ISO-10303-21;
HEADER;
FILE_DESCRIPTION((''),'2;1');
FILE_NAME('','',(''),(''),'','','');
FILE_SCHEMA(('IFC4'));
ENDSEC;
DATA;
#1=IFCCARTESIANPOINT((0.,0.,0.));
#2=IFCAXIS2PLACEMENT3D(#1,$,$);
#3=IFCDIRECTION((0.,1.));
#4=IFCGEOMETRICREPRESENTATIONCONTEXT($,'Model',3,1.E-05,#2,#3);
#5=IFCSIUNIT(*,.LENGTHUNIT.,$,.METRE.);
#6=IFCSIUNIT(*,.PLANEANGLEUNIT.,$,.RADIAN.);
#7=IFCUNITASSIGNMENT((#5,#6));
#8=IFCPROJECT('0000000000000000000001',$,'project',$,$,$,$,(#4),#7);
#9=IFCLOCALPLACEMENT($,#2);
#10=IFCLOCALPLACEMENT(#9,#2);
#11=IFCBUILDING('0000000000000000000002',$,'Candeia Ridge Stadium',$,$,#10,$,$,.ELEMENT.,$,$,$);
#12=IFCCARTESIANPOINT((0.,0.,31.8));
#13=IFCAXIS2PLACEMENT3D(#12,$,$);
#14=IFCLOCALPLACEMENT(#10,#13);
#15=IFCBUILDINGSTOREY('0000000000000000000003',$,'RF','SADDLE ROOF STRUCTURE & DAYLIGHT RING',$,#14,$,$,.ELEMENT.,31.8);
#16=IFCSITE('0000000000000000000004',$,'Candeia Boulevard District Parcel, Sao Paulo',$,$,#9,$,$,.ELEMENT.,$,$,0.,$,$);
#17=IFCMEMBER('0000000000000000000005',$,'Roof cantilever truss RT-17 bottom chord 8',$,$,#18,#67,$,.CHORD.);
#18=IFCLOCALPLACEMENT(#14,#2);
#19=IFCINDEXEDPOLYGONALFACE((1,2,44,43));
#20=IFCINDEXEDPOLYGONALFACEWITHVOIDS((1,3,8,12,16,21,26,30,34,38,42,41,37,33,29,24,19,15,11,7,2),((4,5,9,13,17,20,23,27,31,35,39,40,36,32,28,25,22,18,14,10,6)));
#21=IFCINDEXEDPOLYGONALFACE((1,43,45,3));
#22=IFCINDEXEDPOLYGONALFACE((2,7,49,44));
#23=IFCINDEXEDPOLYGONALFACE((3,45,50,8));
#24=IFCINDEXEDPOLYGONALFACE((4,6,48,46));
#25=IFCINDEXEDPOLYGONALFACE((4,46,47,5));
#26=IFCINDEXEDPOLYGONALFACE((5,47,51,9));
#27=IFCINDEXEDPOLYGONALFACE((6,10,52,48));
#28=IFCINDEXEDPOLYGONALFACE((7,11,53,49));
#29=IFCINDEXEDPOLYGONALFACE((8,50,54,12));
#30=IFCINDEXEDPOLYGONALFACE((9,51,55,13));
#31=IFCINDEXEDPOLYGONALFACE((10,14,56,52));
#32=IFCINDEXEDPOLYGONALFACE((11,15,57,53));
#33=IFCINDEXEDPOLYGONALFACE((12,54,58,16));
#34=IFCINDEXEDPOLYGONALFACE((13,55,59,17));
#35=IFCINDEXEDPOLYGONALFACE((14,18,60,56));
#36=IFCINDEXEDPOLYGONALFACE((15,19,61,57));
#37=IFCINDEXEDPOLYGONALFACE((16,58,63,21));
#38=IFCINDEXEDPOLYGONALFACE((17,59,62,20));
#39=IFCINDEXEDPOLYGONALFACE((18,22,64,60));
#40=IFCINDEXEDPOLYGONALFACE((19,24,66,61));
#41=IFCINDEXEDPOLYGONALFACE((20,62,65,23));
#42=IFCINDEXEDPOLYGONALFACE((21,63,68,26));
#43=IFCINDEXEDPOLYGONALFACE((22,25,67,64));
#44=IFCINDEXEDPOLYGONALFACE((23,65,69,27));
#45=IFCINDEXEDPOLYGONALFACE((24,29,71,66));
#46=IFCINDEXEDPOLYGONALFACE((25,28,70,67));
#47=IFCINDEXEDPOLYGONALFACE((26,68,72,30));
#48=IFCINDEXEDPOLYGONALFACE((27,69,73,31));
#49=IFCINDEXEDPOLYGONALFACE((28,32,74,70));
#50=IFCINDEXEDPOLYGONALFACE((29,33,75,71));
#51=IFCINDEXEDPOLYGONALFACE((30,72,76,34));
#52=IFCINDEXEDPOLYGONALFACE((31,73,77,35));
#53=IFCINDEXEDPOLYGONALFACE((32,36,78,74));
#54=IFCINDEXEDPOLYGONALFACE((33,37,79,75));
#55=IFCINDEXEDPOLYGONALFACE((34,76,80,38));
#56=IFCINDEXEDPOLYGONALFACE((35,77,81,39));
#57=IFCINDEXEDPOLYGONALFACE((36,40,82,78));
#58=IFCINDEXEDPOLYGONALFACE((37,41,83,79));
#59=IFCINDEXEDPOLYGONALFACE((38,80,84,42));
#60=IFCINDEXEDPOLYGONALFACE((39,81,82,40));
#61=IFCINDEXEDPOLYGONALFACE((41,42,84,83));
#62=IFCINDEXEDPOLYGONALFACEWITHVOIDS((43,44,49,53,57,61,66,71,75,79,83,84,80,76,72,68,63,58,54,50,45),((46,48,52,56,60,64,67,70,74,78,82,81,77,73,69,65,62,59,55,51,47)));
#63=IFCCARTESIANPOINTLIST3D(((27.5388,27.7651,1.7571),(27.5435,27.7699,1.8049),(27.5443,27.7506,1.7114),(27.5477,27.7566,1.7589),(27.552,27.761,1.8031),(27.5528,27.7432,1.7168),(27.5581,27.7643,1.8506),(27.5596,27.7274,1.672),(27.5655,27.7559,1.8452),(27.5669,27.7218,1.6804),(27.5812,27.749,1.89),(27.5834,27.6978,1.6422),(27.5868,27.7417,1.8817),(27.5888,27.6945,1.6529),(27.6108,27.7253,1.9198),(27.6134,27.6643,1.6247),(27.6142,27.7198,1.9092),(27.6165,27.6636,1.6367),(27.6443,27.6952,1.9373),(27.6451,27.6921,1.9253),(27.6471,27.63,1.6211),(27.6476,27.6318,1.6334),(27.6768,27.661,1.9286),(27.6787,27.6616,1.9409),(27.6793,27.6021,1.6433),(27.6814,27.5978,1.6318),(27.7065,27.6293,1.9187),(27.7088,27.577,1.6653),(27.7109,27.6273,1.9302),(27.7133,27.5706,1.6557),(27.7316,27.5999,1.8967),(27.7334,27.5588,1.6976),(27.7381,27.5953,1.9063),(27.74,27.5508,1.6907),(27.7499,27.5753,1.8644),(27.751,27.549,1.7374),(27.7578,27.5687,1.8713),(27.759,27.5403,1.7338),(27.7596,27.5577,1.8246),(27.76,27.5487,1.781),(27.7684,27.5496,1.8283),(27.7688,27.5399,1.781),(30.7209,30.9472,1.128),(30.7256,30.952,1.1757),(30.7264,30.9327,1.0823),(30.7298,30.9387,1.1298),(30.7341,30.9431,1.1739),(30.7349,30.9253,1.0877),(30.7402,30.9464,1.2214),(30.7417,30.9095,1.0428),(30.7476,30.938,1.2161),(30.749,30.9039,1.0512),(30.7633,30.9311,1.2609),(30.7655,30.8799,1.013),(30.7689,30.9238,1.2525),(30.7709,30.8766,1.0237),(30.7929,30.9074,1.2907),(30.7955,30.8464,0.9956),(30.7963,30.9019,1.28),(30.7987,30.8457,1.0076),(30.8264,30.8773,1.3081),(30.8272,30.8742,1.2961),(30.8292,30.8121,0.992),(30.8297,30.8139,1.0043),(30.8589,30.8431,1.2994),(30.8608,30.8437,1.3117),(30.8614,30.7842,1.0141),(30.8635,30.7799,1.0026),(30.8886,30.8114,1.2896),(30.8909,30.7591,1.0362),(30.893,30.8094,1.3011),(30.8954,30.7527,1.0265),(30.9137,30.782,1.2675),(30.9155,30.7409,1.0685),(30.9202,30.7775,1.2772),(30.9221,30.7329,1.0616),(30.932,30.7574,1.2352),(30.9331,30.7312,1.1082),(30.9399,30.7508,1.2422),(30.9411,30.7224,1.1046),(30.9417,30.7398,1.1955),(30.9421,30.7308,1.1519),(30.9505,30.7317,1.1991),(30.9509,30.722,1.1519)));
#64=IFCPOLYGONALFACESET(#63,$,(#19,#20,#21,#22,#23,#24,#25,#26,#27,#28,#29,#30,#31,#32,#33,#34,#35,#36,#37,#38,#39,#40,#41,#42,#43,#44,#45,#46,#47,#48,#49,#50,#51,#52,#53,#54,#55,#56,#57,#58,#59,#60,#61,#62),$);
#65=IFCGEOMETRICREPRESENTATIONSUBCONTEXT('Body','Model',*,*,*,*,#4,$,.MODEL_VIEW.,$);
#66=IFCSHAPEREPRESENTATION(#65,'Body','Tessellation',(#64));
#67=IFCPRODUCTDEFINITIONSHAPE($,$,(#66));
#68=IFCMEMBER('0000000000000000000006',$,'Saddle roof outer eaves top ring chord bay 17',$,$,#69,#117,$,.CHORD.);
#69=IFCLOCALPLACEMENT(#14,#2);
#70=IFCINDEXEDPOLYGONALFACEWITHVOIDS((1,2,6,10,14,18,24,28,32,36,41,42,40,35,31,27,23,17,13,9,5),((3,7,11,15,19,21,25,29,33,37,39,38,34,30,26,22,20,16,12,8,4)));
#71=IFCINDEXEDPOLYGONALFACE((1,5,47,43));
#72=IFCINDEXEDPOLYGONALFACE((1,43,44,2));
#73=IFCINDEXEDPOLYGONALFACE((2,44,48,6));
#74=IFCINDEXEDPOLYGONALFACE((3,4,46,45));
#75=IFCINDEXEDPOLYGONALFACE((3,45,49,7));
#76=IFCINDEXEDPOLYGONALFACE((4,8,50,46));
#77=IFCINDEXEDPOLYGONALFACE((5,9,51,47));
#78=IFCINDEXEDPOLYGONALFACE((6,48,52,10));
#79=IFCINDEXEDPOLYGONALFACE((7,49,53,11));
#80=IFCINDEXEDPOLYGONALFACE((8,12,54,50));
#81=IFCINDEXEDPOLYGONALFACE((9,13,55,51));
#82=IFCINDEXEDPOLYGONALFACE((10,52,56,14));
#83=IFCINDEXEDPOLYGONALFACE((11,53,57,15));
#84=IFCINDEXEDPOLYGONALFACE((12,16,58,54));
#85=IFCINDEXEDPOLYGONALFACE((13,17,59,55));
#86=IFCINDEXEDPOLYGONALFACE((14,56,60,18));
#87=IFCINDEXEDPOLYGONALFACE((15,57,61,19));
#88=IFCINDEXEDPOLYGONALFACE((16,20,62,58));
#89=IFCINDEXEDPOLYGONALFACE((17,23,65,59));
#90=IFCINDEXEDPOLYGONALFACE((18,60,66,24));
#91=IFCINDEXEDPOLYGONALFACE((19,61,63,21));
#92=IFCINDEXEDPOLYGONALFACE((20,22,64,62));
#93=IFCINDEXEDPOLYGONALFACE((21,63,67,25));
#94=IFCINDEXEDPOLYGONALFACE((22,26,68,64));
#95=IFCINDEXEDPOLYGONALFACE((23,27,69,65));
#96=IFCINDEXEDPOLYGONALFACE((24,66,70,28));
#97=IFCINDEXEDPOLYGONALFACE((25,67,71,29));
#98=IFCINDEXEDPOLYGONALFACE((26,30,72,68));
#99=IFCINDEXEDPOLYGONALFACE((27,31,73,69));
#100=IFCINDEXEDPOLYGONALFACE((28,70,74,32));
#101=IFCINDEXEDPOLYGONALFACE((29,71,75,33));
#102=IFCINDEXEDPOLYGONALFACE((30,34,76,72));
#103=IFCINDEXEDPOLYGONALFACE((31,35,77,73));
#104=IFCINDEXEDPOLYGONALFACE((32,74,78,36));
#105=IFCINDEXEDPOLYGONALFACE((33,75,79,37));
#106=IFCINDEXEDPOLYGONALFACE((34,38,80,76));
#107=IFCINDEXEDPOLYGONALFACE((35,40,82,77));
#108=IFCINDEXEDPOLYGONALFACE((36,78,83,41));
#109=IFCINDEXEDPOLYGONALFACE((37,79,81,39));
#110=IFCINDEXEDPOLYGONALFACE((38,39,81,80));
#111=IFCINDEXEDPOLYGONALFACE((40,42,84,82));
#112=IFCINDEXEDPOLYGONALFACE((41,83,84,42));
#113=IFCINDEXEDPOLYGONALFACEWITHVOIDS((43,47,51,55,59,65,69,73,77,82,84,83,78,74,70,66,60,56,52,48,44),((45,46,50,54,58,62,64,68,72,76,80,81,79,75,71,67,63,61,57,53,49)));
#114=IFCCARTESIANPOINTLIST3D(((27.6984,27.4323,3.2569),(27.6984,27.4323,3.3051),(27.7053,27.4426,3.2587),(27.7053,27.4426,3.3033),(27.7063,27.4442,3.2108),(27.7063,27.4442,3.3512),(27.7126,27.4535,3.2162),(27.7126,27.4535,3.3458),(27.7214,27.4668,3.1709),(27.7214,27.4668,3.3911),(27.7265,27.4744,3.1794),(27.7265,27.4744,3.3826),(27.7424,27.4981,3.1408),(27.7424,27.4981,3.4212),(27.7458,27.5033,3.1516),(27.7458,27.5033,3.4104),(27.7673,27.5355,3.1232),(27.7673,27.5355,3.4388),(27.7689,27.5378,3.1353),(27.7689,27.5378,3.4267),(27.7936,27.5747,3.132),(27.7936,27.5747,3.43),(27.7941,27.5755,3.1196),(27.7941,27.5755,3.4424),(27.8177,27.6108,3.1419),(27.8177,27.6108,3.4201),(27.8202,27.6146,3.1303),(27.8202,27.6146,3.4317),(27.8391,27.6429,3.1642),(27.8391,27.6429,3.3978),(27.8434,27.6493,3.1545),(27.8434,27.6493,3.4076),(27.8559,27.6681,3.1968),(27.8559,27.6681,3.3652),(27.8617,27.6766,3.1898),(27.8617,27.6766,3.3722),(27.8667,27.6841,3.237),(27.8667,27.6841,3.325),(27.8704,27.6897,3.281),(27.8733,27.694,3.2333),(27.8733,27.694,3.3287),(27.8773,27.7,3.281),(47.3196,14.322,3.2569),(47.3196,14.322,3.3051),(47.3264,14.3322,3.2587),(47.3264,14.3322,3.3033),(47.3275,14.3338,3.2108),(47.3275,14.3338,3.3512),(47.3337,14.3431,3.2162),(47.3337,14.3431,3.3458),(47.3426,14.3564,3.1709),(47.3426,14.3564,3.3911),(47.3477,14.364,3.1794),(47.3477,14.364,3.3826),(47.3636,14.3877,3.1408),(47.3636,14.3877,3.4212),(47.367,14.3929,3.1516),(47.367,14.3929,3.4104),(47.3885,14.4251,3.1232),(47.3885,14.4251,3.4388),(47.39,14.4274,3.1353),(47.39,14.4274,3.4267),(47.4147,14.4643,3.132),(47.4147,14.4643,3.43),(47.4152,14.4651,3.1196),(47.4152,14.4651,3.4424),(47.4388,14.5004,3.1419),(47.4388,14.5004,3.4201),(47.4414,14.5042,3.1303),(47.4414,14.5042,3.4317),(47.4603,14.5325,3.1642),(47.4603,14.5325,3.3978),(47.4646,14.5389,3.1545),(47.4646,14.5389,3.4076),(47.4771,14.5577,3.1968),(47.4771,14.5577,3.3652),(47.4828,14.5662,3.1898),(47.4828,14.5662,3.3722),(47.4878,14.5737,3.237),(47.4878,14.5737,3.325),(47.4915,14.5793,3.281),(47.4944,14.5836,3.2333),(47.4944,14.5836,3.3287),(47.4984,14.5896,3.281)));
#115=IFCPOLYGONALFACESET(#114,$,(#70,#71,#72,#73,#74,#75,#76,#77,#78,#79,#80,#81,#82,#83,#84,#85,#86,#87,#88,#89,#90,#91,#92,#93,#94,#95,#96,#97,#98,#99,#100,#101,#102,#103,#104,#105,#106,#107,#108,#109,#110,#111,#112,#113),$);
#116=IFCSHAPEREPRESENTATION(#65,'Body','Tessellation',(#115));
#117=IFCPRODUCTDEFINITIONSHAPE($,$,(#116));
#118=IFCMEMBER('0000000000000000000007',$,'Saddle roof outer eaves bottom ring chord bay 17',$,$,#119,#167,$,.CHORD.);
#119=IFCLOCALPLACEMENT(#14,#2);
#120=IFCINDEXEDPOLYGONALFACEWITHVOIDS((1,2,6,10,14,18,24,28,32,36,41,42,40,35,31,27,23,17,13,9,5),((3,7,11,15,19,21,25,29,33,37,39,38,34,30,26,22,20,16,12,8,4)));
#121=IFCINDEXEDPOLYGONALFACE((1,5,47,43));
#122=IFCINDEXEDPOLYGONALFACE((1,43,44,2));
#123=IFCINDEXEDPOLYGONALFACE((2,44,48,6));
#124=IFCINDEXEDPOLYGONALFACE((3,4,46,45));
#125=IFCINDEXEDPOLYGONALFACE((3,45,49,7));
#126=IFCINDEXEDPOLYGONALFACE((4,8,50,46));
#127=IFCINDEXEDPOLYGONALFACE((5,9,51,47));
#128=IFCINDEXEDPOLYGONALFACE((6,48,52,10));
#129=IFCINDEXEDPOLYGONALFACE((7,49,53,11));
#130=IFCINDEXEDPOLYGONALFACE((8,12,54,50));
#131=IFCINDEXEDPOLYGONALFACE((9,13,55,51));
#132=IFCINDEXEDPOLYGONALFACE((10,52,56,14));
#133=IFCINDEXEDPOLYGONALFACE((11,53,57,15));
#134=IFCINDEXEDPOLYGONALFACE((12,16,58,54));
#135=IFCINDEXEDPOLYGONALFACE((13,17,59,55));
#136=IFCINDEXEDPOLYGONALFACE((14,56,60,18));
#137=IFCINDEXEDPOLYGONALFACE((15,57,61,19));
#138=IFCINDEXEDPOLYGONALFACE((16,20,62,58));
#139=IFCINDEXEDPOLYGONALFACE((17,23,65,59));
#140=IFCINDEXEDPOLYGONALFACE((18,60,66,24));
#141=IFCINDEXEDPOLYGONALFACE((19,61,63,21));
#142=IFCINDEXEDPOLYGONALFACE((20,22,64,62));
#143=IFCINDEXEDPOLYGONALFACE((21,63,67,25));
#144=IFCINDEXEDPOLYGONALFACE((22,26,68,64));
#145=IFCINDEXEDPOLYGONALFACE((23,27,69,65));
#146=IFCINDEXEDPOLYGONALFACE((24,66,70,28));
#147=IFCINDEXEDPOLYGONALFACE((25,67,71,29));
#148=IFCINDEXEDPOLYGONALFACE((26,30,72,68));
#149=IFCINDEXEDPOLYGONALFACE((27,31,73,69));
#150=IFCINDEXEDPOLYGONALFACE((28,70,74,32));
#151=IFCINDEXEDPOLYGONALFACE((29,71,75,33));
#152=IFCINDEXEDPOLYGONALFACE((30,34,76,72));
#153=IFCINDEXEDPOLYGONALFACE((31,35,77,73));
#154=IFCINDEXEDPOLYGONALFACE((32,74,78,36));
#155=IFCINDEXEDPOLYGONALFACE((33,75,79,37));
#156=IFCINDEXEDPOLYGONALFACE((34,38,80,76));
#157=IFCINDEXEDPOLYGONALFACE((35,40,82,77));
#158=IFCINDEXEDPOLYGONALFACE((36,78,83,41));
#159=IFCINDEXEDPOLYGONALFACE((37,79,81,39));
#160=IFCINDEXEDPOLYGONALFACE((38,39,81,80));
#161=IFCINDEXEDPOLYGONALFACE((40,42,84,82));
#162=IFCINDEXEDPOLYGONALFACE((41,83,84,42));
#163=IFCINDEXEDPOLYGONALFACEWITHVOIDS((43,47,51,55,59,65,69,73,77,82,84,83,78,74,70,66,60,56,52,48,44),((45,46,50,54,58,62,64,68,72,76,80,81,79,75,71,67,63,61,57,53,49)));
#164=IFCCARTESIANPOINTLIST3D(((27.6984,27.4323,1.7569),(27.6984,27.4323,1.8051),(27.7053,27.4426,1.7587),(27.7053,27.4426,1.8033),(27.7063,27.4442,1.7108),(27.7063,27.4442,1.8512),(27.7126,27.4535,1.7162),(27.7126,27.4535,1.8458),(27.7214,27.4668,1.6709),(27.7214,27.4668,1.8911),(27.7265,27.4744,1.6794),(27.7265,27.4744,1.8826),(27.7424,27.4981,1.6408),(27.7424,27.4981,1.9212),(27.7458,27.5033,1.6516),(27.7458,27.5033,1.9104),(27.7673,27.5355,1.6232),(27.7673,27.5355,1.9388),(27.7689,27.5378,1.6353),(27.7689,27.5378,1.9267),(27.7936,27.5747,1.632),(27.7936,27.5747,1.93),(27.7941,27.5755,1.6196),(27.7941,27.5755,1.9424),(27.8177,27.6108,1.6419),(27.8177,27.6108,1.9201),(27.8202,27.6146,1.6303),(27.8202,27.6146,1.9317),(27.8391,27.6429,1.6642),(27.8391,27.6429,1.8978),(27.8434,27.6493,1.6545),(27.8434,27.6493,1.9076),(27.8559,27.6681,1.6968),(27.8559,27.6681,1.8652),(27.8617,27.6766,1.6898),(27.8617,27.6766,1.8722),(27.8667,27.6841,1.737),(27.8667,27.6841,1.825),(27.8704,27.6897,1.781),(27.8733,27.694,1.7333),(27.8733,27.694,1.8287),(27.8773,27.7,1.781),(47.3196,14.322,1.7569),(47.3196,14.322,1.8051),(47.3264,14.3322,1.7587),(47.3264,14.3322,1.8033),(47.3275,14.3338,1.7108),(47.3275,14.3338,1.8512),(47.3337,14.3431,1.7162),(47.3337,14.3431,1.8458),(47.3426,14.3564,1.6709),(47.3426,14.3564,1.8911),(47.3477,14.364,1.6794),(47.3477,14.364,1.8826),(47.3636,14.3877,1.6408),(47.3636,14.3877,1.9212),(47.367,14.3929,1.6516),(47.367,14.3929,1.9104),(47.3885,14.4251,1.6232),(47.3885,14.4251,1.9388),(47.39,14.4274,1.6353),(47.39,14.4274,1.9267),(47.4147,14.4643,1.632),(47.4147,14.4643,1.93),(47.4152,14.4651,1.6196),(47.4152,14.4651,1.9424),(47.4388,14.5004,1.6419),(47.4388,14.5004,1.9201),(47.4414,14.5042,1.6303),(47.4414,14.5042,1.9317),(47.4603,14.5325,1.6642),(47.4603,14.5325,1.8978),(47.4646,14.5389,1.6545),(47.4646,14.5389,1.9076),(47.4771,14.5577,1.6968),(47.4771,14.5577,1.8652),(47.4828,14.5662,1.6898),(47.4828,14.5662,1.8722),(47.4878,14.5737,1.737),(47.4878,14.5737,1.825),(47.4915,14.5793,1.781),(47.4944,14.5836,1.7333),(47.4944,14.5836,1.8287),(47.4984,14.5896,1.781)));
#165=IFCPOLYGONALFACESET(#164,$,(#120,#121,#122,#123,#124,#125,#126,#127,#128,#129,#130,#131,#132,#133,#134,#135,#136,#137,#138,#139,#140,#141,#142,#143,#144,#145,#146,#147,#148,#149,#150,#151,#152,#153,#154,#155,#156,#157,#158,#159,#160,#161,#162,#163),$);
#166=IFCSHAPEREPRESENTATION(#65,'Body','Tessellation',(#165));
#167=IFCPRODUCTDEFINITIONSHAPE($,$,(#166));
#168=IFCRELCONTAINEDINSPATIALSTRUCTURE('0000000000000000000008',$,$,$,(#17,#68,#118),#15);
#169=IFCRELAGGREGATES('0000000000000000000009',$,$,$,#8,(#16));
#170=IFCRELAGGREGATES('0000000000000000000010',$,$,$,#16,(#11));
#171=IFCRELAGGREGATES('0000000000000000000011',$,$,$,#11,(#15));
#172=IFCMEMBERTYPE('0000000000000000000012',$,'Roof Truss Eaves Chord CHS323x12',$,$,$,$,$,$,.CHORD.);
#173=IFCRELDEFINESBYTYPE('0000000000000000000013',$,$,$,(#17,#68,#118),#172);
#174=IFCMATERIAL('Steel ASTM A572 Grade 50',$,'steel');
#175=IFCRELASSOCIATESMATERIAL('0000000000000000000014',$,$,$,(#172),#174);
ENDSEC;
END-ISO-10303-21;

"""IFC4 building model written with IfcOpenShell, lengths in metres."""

from ifc_helpers import new_model, si_unit, direction, frame, origin, origin_2d, place, context, subcontext, project, spatial, hollow_circle, extrude, material, material_profile, profile_set, type_object, element, save


model = new_model("IFC4")

# Units and contexts
model_context = context("Model", 3, precision=1e-05, world=origin(), true_north=direction((0.0, 1.0)))
body_context = subcontext(model_context, "Body", "Model", "MODEL_VIEW")
ifc_project = project(units=[si_unit("LENGTHUNIT", "METRE"), si_unit("PLANEANGLEUNIT", "RADIAN")], contexts=[model_context])

# Site, building, storey
site_placement = place(None, origin())
site = spatial("IfcSite", under=ifc_project, at=site_placement, Name="Candeia Boulevard District Parcel, Sao Paulo", CompositionType="ELEMENT", RefElevation=0.0)
building_placement = place(site_placement, origin())
building = spatial("IfcBuilding", under=site, at=building_placement, Name="Candeia Ridge Stadium", CompositionType="ELEMENT")
storey_placement = place(building_placement, frame((0.0, 0.0, 31.8)))
storey = spatial("IfcBuildingStorey", under=building, at=storey_placement, Name="RF", Description="SADDLE ROOF STRUCTURE & DAYLIGHT RING", CompositionType="ELEMENT", Elevation=31.8)

# Shared definitions
ifc_material_1 = material(Name="Steel ASTM A572 Grade 50", Category="steel")

# Members
ifc_material_profile_1 = material_profile(ifc_material_1, hollow_circle(Radius=0.1619, WallThickness=0.0125, at=origin_2d()), Name="CHS323x12", Category="steel")
ifc_profile_set_1 = profile_set([ifc_material_profile_1], Name="Steel ASTM A572 Grade 50")
member_type_1 = type_object("IfcMemberType", Name="Roof Truss Eaves Chord CHS323x12", PredefinedType="CHORD", material=ifc_profile_set_1)
member_1_placement = place(storey_placement, frame((30.8364, 30.8364, 1.1519), z_axis=(-0.700296, -0.700296, 0.138458), x_axis=(0.707107, -0.707107, 0.0)))
element("IfcMember", 1, at=member_1_placement, inside=storey, type_object=member_type_1, Name="Roof cantilever truss RT-17 bottom chord 8", PredefinedType="CHORD", context=body_context, shape_type="SweptSolid", body=[
    extrude(hollow_circle(Radius=0.1619, WallThickness=0.0125, at=origin_2d()), origin(), (0.0, 0.0, 1.0), 4.5439),
])
for number, where, z_axis, x_axis, name in (
    (2, (27.7874, 27.5654, 3.281), (0.83147, -0.555569, 0.0), (0.555569, 0.83147, 0.0), "Saddle roof outer eaves top ring chord bay 17"),
    (3, (27.7874, 27.5654, 1.781), (0.83147, -0.555569, 0.0), (0.555569, 0.83147, 0.0), "Saddle roof outer eaves bottom ring chord bay 17"),
):
    element("IfcMember", number, at=place(storey_placement, frame(where, z_axis=z_axis, x_axis=x_axis)), inside=storey, type_object=member_type_1, Name=name, PredefinedType="CHORD", context=body_context, shape_type="SweptSolid", body=[
        extrude(hollow_circle(Radius=0.1619, WallThickness=0.0125, at=origin_2d()), origin(), (0.0, 0.0, 1.0), 23.5981),
    ])

save(model, "model.ifc")
